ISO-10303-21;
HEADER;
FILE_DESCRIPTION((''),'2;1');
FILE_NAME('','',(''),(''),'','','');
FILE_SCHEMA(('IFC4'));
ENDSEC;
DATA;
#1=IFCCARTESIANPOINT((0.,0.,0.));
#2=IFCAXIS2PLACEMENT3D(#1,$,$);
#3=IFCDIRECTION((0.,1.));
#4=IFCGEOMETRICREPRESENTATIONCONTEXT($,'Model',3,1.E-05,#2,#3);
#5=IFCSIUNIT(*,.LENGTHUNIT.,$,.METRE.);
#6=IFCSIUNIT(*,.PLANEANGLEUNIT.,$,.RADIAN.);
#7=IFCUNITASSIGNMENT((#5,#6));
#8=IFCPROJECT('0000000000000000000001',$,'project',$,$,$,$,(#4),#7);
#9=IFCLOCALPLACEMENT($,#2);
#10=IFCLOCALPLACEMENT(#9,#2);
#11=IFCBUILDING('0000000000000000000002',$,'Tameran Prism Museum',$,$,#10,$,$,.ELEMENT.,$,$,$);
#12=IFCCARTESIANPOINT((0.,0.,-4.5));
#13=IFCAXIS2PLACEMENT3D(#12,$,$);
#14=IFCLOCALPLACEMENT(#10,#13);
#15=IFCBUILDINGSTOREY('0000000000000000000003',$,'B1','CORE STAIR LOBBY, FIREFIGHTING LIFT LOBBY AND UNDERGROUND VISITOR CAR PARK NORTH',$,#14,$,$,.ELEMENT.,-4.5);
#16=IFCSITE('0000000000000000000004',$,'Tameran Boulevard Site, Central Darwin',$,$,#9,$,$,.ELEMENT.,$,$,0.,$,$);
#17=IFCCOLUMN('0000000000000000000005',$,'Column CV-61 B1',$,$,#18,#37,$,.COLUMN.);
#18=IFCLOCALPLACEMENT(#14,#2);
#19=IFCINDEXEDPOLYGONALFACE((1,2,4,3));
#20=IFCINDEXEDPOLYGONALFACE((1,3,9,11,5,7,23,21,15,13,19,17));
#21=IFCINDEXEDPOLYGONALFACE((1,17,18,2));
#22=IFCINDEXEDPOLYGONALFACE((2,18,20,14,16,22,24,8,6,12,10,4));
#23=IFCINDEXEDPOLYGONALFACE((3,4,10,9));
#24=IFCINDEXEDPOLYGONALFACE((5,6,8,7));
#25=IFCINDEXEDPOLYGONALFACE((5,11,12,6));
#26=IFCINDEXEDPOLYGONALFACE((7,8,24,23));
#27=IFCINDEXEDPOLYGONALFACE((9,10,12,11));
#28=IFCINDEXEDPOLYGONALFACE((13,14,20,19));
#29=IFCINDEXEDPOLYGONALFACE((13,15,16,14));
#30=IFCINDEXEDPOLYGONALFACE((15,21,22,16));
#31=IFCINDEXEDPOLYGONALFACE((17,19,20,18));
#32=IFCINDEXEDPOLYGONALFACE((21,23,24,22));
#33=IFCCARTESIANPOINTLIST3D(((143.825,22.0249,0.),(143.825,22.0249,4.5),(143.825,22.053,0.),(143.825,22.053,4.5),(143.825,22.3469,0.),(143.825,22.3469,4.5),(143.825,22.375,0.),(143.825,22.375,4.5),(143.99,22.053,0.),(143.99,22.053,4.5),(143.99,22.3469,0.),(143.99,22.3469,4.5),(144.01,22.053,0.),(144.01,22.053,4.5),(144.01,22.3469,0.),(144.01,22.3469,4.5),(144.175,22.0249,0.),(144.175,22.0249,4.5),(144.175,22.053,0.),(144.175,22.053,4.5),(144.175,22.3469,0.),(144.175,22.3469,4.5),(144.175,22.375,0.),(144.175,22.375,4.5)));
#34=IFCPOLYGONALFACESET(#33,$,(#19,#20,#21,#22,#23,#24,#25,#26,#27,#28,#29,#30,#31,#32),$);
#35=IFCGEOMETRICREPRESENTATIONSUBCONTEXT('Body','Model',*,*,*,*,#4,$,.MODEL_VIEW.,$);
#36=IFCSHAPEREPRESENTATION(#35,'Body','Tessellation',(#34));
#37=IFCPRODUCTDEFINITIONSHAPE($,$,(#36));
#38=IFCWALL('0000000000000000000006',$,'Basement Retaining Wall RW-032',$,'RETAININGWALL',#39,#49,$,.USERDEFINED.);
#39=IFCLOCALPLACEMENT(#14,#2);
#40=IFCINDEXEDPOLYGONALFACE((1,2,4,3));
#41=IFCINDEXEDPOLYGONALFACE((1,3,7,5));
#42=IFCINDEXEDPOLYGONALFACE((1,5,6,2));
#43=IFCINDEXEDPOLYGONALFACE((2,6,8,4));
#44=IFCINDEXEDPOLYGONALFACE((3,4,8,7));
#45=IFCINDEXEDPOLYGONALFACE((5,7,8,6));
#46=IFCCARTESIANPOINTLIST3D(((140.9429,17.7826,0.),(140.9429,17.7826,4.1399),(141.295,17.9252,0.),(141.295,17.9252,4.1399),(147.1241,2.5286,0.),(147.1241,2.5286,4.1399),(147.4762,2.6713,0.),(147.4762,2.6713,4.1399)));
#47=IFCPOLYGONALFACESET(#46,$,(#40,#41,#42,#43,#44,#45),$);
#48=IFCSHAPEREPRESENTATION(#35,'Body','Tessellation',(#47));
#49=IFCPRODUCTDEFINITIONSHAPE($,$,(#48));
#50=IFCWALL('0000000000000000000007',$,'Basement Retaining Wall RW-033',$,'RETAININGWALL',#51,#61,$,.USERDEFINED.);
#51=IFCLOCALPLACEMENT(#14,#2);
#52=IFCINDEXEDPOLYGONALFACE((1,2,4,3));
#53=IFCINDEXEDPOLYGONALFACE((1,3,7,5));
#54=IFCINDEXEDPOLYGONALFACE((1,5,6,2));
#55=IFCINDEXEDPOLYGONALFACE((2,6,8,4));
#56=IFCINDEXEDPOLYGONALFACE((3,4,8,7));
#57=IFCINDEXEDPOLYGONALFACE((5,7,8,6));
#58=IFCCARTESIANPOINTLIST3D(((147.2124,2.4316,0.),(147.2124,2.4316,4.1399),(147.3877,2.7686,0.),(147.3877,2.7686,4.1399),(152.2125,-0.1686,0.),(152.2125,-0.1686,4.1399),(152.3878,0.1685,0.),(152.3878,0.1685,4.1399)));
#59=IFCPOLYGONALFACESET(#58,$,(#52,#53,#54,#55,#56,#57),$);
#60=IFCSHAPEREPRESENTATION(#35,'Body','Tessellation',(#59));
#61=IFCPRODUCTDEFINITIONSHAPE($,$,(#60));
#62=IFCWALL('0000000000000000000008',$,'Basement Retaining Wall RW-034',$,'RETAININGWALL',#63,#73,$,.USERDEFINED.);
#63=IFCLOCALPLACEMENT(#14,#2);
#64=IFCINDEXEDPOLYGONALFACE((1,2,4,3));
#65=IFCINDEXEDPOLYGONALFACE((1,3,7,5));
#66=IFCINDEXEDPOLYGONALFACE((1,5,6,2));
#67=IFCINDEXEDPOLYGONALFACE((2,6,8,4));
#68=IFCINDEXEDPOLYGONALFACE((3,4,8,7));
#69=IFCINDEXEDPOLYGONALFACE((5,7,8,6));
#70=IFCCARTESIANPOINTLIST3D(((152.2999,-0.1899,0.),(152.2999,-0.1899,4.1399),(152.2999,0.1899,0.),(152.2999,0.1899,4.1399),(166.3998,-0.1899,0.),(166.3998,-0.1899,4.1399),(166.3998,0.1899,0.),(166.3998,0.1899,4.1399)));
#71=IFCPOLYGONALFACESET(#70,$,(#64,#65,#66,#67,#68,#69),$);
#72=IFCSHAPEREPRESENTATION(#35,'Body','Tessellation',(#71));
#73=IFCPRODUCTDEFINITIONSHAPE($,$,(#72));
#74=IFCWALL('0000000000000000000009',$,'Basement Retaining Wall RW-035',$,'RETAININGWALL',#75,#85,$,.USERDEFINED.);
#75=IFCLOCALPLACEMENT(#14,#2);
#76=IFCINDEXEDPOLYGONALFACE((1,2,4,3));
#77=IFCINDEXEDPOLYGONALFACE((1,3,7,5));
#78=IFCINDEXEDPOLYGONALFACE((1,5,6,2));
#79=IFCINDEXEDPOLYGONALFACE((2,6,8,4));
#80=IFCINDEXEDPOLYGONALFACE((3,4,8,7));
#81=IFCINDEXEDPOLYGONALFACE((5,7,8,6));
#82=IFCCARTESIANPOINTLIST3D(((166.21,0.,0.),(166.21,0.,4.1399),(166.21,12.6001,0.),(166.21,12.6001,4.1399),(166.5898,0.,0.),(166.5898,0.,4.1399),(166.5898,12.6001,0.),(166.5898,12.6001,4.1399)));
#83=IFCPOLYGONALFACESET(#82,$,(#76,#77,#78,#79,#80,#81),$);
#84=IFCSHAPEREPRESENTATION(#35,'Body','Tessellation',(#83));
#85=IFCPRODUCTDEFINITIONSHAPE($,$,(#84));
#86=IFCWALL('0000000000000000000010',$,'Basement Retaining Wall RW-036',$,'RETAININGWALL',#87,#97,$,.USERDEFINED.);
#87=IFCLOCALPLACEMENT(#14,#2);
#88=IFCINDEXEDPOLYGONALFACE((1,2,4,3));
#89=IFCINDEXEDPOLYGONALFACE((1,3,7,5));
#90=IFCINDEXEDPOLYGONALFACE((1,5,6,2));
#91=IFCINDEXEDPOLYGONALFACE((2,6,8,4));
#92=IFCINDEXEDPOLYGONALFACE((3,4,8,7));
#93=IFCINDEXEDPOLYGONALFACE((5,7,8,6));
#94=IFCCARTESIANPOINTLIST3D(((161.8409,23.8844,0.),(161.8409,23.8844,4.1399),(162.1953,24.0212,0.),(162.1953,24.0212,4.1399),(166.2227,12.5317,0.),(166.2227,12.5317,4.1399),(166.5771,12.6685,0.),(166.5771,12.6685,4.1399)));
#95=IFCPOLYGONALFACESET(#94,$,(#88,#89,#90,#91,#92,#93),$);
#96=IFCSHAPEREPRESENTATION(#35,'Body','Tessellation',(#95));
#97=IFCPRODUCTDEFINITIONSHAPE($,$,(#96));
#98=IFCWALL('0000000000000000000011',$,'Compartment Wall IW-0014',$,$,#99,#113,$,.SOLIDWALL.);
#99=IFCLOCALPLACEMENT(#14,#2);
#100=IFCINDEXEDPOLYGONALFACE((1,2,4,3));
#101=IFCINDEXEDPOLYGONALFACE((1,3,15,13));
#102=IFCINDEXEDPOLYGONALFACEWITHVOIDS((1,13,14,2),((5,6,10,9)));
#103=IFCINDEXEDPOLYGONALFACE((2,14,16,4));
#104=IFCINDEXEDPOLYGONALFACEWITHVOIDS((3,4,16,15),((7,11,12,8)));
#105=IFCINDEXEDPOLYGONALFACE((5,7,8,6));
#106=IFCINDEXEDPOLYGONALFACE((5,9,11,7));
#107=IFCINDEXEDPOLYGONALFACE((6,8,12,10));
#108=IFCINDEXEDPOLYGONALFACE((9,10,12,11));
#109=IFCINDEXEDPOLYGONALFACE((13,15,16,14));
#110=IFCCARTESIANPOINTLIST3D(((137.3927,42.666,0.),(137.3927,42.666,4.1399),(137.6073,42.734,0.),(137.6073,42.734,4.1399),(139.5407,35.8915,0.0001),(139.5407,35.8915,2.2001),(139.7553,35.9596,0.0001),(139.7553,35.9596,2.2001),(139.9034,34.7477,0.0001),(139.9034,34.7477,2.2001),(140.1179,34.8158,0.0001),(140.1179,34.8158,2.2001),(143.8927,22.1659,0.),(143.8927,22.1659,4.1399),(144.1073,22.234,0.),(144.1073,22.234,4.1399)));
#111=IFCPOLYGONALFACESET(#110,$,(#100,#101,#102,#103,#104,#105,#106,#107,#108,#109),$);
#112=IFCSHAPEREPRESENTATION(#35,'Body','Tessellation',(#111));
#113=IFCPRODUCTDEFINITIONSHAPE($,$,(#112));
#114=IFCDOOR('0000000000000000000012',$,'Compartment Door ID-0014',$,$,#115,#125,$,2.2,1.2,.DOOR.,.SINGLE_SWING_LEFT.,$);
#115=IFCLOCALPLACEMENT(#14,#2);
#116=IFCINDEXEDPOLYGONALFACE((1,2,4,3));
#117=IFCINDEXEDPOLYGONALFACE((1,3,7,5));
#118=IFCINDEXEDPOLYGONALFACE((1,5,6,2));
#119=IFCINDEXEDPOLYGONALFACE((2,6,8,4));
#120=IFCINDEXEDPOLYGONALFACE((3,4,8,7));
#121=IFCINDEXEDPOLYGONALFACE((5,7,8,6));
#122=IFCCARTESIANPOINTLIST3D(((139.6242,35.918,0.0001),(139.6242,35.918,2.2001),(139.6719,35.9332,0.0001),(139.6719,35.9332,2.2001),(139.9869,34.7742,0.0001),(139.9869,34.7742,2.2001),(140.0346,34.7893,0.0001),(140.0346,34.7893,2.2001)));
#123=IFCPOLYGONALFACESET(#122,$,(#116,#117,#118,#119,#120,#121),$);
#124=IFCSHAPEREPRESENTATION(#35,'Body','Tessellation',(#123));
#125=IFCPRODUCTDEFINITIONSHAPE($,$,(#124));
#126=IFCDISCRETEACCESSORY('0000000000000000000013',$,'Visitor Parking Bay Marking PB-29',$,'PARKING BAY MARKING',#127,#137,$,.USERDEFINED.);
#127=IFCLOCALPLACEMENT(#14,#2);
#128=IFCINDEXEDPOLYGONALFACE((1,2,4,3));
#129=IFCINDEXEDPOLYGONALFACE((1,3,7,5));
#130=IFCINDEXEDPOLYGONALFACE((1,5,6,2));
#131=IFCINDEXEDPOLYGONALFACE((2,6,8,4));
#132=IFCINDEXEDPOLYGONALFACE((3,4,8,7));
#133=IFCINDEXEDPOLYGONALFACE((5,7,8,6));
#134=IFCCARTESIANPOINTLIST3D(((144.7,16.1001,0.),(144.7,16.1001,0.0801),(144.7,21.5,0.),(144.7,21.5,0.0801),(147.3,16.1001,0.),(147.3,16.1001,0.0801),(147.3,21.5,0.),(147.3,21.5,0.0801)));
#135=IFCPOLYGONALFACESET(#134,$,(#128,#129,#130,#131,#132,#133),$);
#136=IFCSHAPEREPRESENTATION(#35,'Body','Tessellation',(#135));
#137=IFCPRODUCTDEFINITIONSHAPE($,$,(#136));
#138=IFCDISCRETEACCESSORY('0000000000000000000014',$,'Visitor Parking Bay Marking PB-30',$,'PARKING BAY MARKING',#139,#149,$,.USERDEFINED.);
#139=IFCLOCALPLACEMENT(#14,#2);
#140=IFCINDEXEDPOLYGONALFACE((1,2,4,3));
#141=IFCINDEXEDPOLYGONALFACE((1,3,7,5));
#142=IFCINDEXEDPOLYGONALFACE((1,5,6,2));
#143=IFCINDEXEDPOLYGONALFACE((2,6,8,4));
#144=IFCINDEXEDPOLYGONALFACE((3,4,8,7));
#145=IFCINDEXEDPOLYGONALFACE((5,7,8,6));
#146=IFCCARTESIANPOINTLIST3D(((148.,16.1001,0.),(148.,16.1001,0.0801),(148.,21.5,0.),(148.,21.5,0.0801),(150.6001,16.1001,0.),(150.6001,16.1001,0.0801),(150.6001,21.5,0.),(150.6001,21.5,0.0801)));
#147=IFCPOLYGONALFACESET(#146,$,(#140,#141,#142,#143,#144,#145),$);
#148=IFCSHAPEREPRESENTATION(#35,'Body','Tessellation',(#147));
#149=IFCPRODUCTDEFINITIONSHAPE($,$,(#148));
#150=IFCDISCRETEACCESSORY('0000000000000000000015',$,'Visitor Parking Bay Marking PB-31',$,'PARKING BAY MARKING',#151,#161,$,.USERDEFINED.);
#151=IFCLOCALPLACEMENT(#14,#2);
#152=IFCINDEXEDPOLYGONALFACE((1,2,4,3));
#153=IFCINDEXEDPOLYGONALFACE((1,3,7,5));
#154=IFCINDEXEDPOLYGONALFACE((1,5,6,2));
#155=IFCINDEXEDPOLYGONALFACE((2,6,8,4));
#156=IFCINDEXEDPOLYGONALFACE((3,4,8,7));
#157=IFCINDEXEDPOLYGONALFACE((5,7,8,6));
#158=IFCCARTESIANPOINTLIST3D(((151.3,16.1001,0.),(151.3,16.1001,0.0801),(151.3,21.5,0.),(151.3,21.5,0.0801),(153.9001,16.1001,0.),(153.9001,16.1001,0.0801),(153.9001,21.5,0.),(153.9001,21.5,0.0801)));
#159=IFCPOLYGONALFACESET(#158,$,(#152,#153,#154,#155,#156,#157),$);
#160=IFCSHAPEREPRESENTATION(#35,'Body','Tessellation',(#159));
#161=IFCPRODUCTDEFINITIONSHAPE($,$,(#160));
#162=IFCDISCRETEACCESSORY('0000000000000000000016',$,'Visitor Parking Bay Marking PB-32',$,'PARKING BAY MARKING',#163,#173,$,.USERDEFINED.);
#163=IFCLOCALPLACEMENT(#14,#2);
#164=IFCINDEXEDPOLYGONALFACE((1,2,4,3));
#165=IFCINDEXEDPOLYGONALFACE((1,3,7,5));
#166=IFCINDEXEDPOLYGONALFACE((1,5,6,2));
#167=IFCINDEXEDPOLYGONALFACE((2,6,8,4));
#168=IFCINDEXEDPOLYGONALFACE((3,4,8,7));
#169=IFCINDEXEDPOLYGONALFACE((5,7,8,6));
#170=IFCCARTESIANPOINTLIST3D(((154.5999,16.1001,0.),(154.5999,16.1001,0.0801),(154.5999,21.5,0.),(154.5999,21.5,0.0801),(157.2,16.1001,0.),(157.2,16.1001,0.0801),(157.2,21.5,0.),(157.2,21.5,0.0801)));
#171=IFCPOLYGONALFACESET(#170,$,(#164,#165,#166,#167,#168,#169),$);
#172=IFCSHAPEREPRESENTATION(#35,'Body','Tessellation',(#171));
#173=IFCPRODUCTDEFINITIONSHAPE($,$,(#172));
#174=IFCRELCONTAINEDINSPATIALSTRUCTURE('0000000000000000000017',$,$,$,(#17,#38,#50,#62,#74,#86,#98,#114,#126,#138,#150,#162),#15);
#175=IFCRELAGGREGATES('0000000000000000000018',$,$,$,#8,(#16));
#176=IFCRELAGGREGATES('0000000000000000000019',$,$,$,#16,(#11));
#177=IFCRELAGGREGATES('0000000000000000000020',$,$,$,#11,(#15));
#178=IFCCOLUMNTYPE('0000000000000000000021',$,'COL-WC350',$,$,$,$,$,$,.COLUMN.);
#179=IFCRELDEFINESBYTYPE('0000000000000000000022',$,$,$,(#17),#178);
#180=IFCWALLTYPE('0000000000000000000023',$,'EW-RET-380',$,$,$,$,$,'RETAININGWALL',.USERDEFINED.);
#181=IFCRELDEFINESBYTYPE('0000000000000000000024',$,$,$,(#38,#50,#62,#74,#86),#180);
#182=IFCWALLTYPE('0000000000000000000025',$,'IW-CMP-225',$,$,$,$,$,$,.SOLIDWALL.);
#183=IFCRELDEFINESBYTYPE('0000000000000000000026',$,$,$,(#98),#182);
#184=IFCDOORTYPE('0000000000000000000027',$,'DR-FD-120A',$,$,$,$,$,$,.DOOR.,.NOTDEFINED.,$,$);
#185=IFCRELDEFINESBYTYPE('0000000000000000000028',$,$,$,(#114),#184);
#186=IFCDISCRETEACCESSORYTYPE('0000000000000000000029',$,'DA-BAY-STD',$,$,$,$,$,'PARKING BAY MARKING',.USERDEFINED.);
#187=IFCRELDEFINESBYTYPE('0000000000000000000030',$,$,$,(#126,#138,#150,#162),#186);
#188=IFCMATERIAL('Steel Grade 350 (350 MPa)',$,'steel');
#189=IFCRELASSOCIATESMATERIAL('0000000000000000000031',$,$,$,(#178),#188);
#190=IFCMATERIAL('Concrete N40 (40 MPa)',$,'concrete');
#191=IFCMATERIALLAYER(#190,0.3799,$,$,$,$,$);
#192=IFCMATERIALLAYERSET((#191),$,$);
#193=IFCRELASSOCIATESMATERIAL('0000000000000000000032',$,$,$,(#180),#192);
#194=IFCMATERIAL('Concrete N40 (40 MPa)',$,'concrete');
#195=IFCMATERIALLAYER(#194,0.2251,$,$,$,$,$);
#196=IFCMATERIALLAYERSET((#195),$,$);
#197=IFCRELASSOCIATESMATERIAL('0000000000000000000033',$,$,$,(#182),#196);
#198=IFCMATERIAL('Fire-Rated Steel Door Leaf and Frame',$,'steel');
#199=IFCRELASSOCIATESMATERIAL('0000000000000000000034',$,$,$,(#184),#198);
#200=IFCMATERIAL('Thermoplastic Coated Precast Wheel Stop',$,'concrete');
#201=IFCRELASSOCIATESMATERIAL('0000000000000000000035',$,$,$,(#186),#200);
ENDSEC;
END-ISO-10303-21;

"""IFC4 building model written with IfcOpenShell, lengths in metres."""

from ifc_helpers import new_model, si_unit, direction, frame, frame_2d, origin, origin_2d, place, context, subcontext, project, spatial, rectangle, i_section, extrude, material, layer, layer_set, material_profile, profile_set, type_object, element, fill, save


model = new_model("IFC4")

# Units and contexts
model_context = context("Model", 3, precision=1e-05, world=origin(), true_north=direction((0.0, 1.0)))
body_context = subcontext(model_context, "Body", "Model", "MODEL_VIEW")
ifc_project = project(units=[si_unit("LENGTHUNIT", "METRE"), si_unit("PLANEANGLEUNIT", "RADIAN")], contexts=[model_context])

# Site, building, storey
site_placement = place(None, origin())
site = spatial("IfcSite", under=ifc_project, at=site_placement, Name="Tameran Boulevard Site, Central Darwin", CompositionType="ELEMENT", RefElevation=0.0)
building_placement = place(site_placement, origin())
building = spatial("IfcBuilding", under=site, at=building_placement, Name="Tameran Prism Museum", CompositionType="ELEMENT")
storey_placement = place(building_placement, frame((0.0, 0.0, -4.5)))
storey = spatial("IfcBuildingStorey", under=building, at=storey_placement, Name="B1", Description="CORE STAIR LOBBY, FIREFIGHTING LIFT LOBBY AND UNDERGROUND VISITOR CAR PARK NORTH", CompositionType="ELEMENT", Elevation=-4.5)

# Column
ifc_material_1 = material(Name="Steel Grade 350 (350 MPa)", Category="steel")
ifc_material_profile_1 = material_profile(ifc_material_1, i_section(OverallWidth=0.3501, OverallDepth=0.3501, WebThickness=0.02, FlangeThickness=0.0281, at=origin_2d()))
ifc_profile_set_1 = profile_set([ifc_material_profile_1])
column_type_1 = type_object("IfcColumnType", Name="COL-WC350", PredefinedType="COLUMN", material=ifc_profile_set_1)
column_placement = place(storey_placement, frame((144.0, 22.2, 0.0), z_axis=(0.0, 0.0, 1.0), x_axis=(1.0, 0.0, 0.0)))
element("IfcColumn", 1, at=column_placement, inside=storey, type_object=column_type_1, Name="Column CV-61 B1", PredefinedType="COLUMN", context=body_context, shape_type="SweptSolid", body=[
    extrude(i_section(OverallWidth=0.3501, OverallDepth=0.3501, WebThickness=0.02, FlangeThickness=0.0281, at=origin_2d()), origin(), (0.0, 0.0, 1.0), 4.5),
])

# Walls
ifc_material_2 = material(Name="Concrete N40 (40 MPa)", Category="concrete")
ifc_layer_1 = layer(ifc_material_2, 0.3799)
ifc_layer_set_1 = layer_set([ifc_layer_1])
wall_type_1 = type_object("IfcWallType", Name="EW-RET-380", ElementType="RETAININGWALL", PredefinedType="USERDEFINED", material=ifc_layer_set_1)
wall_1_placement = place(storey_placement, frame((141.1189, 17.854, 0.0), z_axis=(0.0, 0.0, 1.0), x_axis=(0.375556, -0.9268, 0.0)))
element("IfcWall", 2, at=wall_1_placement, inside=storey, type_object=wall_type_1, Name="Basement Retaining Wall RW-032", ObjectType="RETAININGWALL", PredefinedType="USERDEFINED", context=body_context, shape_type="SweptSolid", body=[
    extrude(rectangle(XDim=16.4587, YDim=0.3799, at=frame_2d((8.2295, 0.0))), origin(), (0.0, 0.0, 1.0), 4.1399),
])
wall_2_placement = place(storey_placement, frame((147.3, 2.6001, 0.0), z_axis=(0.0, 0.0, 1.0), x_axis=(0.88721, -0.461366, 0.0)))
element("IfcWall", 3, at=wall_2_placement, inside=storey, type_object=wall_type_1, Name="Basement Retaining Wall RW-033", ObjectType="RETAININGWALL", PredefinedType="USERDEFINED", context=body_context, shape_type="SweptSolid", body=[
    extrude(rectangle(XDim=5.6357, YDim=0.3799, at=frame_2d((2.8179, 0.0))), origin(), (0.0, 0.0, 1.0), 4.1399),
])
wall_3_placement = place(storey_placement, frame((152.3, 0.0, 0.0), z_axis=(0.0, 0.0, 1.0), x_axis=(1.0, 0.0, 0.0)))
element("IfcWall", 4, at=wall_3_placement, inside=storey, type_object=wall_type_1, Name="Basement Retaining Wall RW-034", ObjectType="RETAININGWALL", PredefinedType="USERDEFINED", context=body_context, shape_type="SweptSolid", body=[
    extrude(rectangle(XDim=14.0999, YDim=0.3799, at=frame_2d((7.0498, 0.0))), origin(), (0.0, 0.0, 1.0), 4.1399),
])
wall_4_placement = place(storey_placement, frame((166.3999, 0.0, 0.0), z_axis=(0.0, 0.0, 1.0), x_axis=(0.0, 1.0, 0.0)))
element("IfcWall", 5, at=wall_4_placement, inside=storey, type_object=wall_type_1, Name="Basement Retaining Wall RW-035", ObjectType="RETAININGWALL", PredefinedType="USERDEFINED", context=body_context, shape_type="SweptSolid", body=[
    extrude(rectangle(XDim=12.6001, YDim=0.3799, at=frame_2d((6.3, 0.0))), origin(), (0.0, 0.0, 1.0), 4.1399),
])
wall_5_placement = place(storey_placement, frame((166.3999, 12.6001, 0.0), z_axis=(0.0, 0.0, 1.0), x_axis=(-0.36008, 0.932921, 0.0)))
element("IfcWall", 6, at=wall_5_placement, inside=storey, type_object=wall_type_1, Name="Basement Retaining Wall RW-036", ObjectType="RETAININGWALL", PredefinedType="USERDEFINED", context=body_context, shape_type="SweptSolid", body=[
    extrude(rectangle(XDim=12.1689, YDim=0.3799, at=frame_2d((6.0845, 0.0))), origin(), (0.0, 0.0, 1.0), 4.1399),
])

# Wall, opening, door
ifc_material_3 = material(Name="Concrete N40 (40 MPa)", Category="concrete")
ifc_layer_2 = layer(ifc_material_3, 0.2251)
ifc_layer_set_2 = layer_set([ifc_layer_2])
wall_type_2 = type_object("IfcWallType", Name="IW-CMP-225", PredefinedType="SOLIDWALL", material=ifc_layer_set_2)
wall_6_placement = place(storey_placement, frame((144.0, 22.2, 0.0), z_axis=(0.0, 0.0, 1.0), x_axis=(-0.302244, 0.953231, 0.0)))
wall_6 = element("IfcWall", 7, at=wall_6_placement, inside=storey, type_object=wall_type_2, Name="Compartment Wall IW-0014", PredefinedType="SOLIDWALL", context=body_context, shape_type="SweptSolid", body=[
    extrude(rectangle(XDim=21.5059, YDim=0.2251, at=frame_2d((10.7529, 0.0))), origin(), (0.0, 0.0, 1.0), 4.1399),
])
opening_placement = place(wall_6_placement, frame((13.199, 0.0, 0.0)))
opening = element("IfcOpeningElement", 8, at=opening_placement, cuts=wall_6, PredefinedType="OPENING", context=body_context, shape_type="SweptSolid", body=[
    extrude(rectangle(XDim=1.2, YDim=2.2, at=frame_2d((0.6001, 1.1001))), frame((0.0, 0.1226, 0.0), z_axis=(0.0, -1.0, 0.0), x_axis=(1.0, 0.0, 0.0)), (0.0, 0.0, 1.0), 0.2451),
])
ifc_material_4 = material(Name="Fire-Rated Steel Door Leaf and Frame", Category="steel")
door_type = type_object("IfcDoorType", Name="DR-FD-120A", OperationType="NOTDEFINED", PredefinedType="DOOR", material=ifc_material_4)
door_placement = place(opening_placement, origin())
door = element("IfcDoor", 9, at=door_placement, inside=storey, type_object=door_type, Name="Compartment Door ID-0014", OperationType="SINGLE_SWING_LEFT", OverallHeight=2.2, OverallWidth=1.2, PredefinedType="DOOR", context=body_context, shape_type="SweptSolid", body=[
    extrude(rectangle(XDim=1.2, YDim=2.2, at=frame_2d((0.6001, 1.1001))), frame((0.0, 0.0249, 0.0), z_axis=(0.0, -1.0, 0.0), x_axis=(1.0, 0.0, 0.0)), (0.0, 0.0, 1.0), 0.05),
])
fill(opening, door)

# Discrete accessories
ifc_material_5 = material(Name="Thermoplastic Coated Precast Wheel Stop", Category="concrete")
discrete_accessory_type = type_object("IfcDiscreteAccessoryType", Name="DA-BAY-STD", ElementType="PARKING BAY MARKING", PredefinedType="USERDEFINED", material=ifc_material_5)
for number, where, z_axis, x_axis, name in (
    (10, (146.0, 18.8, 0.0), (0.0, 0.0, 1.0), (1.0, 0.0, 0.0), "Visitor Parking Bay Marking PB-29"),
    (11, (149.3, 18.8, 0.0), (0.0, 0.0, 1.0), (1.0, 0.0, 0.0), "Visitor Parking Bay Marking PB-30"),
    (12, (152.6001, 18.8, 0.0), (0.0, 0.0, 1.0), (1.0, 0.0, 0.0), "Visitor Parking Bay Marking PB-31"),
    (13, (155.8999, 18.8, 0.0), (0.0, 0.0, 1.0), (1.0, 0.0, 0.0), "Visitor Parking Bay Marking PB-32"),
):
    element("IfcDiscreteAccessory", number, at=place(storey_placement, frame(where, z_axis=z_axis, x_axis=x_axis)), inside=storey, type_object=discrete_accessory_type, Name=name, ObjectType="PARKING BAY MARKING", PredefinedType="USERDEFINED", context=body_context, shape_type="SweptSolid", body=[
        extrude(rectangle(XDim=2.6001, YDim=5.3999, at=origin_2d()), origin(), (0.0, 0.0, 1.0), 0.0801),
    ])

save(model, "model.ifc")
